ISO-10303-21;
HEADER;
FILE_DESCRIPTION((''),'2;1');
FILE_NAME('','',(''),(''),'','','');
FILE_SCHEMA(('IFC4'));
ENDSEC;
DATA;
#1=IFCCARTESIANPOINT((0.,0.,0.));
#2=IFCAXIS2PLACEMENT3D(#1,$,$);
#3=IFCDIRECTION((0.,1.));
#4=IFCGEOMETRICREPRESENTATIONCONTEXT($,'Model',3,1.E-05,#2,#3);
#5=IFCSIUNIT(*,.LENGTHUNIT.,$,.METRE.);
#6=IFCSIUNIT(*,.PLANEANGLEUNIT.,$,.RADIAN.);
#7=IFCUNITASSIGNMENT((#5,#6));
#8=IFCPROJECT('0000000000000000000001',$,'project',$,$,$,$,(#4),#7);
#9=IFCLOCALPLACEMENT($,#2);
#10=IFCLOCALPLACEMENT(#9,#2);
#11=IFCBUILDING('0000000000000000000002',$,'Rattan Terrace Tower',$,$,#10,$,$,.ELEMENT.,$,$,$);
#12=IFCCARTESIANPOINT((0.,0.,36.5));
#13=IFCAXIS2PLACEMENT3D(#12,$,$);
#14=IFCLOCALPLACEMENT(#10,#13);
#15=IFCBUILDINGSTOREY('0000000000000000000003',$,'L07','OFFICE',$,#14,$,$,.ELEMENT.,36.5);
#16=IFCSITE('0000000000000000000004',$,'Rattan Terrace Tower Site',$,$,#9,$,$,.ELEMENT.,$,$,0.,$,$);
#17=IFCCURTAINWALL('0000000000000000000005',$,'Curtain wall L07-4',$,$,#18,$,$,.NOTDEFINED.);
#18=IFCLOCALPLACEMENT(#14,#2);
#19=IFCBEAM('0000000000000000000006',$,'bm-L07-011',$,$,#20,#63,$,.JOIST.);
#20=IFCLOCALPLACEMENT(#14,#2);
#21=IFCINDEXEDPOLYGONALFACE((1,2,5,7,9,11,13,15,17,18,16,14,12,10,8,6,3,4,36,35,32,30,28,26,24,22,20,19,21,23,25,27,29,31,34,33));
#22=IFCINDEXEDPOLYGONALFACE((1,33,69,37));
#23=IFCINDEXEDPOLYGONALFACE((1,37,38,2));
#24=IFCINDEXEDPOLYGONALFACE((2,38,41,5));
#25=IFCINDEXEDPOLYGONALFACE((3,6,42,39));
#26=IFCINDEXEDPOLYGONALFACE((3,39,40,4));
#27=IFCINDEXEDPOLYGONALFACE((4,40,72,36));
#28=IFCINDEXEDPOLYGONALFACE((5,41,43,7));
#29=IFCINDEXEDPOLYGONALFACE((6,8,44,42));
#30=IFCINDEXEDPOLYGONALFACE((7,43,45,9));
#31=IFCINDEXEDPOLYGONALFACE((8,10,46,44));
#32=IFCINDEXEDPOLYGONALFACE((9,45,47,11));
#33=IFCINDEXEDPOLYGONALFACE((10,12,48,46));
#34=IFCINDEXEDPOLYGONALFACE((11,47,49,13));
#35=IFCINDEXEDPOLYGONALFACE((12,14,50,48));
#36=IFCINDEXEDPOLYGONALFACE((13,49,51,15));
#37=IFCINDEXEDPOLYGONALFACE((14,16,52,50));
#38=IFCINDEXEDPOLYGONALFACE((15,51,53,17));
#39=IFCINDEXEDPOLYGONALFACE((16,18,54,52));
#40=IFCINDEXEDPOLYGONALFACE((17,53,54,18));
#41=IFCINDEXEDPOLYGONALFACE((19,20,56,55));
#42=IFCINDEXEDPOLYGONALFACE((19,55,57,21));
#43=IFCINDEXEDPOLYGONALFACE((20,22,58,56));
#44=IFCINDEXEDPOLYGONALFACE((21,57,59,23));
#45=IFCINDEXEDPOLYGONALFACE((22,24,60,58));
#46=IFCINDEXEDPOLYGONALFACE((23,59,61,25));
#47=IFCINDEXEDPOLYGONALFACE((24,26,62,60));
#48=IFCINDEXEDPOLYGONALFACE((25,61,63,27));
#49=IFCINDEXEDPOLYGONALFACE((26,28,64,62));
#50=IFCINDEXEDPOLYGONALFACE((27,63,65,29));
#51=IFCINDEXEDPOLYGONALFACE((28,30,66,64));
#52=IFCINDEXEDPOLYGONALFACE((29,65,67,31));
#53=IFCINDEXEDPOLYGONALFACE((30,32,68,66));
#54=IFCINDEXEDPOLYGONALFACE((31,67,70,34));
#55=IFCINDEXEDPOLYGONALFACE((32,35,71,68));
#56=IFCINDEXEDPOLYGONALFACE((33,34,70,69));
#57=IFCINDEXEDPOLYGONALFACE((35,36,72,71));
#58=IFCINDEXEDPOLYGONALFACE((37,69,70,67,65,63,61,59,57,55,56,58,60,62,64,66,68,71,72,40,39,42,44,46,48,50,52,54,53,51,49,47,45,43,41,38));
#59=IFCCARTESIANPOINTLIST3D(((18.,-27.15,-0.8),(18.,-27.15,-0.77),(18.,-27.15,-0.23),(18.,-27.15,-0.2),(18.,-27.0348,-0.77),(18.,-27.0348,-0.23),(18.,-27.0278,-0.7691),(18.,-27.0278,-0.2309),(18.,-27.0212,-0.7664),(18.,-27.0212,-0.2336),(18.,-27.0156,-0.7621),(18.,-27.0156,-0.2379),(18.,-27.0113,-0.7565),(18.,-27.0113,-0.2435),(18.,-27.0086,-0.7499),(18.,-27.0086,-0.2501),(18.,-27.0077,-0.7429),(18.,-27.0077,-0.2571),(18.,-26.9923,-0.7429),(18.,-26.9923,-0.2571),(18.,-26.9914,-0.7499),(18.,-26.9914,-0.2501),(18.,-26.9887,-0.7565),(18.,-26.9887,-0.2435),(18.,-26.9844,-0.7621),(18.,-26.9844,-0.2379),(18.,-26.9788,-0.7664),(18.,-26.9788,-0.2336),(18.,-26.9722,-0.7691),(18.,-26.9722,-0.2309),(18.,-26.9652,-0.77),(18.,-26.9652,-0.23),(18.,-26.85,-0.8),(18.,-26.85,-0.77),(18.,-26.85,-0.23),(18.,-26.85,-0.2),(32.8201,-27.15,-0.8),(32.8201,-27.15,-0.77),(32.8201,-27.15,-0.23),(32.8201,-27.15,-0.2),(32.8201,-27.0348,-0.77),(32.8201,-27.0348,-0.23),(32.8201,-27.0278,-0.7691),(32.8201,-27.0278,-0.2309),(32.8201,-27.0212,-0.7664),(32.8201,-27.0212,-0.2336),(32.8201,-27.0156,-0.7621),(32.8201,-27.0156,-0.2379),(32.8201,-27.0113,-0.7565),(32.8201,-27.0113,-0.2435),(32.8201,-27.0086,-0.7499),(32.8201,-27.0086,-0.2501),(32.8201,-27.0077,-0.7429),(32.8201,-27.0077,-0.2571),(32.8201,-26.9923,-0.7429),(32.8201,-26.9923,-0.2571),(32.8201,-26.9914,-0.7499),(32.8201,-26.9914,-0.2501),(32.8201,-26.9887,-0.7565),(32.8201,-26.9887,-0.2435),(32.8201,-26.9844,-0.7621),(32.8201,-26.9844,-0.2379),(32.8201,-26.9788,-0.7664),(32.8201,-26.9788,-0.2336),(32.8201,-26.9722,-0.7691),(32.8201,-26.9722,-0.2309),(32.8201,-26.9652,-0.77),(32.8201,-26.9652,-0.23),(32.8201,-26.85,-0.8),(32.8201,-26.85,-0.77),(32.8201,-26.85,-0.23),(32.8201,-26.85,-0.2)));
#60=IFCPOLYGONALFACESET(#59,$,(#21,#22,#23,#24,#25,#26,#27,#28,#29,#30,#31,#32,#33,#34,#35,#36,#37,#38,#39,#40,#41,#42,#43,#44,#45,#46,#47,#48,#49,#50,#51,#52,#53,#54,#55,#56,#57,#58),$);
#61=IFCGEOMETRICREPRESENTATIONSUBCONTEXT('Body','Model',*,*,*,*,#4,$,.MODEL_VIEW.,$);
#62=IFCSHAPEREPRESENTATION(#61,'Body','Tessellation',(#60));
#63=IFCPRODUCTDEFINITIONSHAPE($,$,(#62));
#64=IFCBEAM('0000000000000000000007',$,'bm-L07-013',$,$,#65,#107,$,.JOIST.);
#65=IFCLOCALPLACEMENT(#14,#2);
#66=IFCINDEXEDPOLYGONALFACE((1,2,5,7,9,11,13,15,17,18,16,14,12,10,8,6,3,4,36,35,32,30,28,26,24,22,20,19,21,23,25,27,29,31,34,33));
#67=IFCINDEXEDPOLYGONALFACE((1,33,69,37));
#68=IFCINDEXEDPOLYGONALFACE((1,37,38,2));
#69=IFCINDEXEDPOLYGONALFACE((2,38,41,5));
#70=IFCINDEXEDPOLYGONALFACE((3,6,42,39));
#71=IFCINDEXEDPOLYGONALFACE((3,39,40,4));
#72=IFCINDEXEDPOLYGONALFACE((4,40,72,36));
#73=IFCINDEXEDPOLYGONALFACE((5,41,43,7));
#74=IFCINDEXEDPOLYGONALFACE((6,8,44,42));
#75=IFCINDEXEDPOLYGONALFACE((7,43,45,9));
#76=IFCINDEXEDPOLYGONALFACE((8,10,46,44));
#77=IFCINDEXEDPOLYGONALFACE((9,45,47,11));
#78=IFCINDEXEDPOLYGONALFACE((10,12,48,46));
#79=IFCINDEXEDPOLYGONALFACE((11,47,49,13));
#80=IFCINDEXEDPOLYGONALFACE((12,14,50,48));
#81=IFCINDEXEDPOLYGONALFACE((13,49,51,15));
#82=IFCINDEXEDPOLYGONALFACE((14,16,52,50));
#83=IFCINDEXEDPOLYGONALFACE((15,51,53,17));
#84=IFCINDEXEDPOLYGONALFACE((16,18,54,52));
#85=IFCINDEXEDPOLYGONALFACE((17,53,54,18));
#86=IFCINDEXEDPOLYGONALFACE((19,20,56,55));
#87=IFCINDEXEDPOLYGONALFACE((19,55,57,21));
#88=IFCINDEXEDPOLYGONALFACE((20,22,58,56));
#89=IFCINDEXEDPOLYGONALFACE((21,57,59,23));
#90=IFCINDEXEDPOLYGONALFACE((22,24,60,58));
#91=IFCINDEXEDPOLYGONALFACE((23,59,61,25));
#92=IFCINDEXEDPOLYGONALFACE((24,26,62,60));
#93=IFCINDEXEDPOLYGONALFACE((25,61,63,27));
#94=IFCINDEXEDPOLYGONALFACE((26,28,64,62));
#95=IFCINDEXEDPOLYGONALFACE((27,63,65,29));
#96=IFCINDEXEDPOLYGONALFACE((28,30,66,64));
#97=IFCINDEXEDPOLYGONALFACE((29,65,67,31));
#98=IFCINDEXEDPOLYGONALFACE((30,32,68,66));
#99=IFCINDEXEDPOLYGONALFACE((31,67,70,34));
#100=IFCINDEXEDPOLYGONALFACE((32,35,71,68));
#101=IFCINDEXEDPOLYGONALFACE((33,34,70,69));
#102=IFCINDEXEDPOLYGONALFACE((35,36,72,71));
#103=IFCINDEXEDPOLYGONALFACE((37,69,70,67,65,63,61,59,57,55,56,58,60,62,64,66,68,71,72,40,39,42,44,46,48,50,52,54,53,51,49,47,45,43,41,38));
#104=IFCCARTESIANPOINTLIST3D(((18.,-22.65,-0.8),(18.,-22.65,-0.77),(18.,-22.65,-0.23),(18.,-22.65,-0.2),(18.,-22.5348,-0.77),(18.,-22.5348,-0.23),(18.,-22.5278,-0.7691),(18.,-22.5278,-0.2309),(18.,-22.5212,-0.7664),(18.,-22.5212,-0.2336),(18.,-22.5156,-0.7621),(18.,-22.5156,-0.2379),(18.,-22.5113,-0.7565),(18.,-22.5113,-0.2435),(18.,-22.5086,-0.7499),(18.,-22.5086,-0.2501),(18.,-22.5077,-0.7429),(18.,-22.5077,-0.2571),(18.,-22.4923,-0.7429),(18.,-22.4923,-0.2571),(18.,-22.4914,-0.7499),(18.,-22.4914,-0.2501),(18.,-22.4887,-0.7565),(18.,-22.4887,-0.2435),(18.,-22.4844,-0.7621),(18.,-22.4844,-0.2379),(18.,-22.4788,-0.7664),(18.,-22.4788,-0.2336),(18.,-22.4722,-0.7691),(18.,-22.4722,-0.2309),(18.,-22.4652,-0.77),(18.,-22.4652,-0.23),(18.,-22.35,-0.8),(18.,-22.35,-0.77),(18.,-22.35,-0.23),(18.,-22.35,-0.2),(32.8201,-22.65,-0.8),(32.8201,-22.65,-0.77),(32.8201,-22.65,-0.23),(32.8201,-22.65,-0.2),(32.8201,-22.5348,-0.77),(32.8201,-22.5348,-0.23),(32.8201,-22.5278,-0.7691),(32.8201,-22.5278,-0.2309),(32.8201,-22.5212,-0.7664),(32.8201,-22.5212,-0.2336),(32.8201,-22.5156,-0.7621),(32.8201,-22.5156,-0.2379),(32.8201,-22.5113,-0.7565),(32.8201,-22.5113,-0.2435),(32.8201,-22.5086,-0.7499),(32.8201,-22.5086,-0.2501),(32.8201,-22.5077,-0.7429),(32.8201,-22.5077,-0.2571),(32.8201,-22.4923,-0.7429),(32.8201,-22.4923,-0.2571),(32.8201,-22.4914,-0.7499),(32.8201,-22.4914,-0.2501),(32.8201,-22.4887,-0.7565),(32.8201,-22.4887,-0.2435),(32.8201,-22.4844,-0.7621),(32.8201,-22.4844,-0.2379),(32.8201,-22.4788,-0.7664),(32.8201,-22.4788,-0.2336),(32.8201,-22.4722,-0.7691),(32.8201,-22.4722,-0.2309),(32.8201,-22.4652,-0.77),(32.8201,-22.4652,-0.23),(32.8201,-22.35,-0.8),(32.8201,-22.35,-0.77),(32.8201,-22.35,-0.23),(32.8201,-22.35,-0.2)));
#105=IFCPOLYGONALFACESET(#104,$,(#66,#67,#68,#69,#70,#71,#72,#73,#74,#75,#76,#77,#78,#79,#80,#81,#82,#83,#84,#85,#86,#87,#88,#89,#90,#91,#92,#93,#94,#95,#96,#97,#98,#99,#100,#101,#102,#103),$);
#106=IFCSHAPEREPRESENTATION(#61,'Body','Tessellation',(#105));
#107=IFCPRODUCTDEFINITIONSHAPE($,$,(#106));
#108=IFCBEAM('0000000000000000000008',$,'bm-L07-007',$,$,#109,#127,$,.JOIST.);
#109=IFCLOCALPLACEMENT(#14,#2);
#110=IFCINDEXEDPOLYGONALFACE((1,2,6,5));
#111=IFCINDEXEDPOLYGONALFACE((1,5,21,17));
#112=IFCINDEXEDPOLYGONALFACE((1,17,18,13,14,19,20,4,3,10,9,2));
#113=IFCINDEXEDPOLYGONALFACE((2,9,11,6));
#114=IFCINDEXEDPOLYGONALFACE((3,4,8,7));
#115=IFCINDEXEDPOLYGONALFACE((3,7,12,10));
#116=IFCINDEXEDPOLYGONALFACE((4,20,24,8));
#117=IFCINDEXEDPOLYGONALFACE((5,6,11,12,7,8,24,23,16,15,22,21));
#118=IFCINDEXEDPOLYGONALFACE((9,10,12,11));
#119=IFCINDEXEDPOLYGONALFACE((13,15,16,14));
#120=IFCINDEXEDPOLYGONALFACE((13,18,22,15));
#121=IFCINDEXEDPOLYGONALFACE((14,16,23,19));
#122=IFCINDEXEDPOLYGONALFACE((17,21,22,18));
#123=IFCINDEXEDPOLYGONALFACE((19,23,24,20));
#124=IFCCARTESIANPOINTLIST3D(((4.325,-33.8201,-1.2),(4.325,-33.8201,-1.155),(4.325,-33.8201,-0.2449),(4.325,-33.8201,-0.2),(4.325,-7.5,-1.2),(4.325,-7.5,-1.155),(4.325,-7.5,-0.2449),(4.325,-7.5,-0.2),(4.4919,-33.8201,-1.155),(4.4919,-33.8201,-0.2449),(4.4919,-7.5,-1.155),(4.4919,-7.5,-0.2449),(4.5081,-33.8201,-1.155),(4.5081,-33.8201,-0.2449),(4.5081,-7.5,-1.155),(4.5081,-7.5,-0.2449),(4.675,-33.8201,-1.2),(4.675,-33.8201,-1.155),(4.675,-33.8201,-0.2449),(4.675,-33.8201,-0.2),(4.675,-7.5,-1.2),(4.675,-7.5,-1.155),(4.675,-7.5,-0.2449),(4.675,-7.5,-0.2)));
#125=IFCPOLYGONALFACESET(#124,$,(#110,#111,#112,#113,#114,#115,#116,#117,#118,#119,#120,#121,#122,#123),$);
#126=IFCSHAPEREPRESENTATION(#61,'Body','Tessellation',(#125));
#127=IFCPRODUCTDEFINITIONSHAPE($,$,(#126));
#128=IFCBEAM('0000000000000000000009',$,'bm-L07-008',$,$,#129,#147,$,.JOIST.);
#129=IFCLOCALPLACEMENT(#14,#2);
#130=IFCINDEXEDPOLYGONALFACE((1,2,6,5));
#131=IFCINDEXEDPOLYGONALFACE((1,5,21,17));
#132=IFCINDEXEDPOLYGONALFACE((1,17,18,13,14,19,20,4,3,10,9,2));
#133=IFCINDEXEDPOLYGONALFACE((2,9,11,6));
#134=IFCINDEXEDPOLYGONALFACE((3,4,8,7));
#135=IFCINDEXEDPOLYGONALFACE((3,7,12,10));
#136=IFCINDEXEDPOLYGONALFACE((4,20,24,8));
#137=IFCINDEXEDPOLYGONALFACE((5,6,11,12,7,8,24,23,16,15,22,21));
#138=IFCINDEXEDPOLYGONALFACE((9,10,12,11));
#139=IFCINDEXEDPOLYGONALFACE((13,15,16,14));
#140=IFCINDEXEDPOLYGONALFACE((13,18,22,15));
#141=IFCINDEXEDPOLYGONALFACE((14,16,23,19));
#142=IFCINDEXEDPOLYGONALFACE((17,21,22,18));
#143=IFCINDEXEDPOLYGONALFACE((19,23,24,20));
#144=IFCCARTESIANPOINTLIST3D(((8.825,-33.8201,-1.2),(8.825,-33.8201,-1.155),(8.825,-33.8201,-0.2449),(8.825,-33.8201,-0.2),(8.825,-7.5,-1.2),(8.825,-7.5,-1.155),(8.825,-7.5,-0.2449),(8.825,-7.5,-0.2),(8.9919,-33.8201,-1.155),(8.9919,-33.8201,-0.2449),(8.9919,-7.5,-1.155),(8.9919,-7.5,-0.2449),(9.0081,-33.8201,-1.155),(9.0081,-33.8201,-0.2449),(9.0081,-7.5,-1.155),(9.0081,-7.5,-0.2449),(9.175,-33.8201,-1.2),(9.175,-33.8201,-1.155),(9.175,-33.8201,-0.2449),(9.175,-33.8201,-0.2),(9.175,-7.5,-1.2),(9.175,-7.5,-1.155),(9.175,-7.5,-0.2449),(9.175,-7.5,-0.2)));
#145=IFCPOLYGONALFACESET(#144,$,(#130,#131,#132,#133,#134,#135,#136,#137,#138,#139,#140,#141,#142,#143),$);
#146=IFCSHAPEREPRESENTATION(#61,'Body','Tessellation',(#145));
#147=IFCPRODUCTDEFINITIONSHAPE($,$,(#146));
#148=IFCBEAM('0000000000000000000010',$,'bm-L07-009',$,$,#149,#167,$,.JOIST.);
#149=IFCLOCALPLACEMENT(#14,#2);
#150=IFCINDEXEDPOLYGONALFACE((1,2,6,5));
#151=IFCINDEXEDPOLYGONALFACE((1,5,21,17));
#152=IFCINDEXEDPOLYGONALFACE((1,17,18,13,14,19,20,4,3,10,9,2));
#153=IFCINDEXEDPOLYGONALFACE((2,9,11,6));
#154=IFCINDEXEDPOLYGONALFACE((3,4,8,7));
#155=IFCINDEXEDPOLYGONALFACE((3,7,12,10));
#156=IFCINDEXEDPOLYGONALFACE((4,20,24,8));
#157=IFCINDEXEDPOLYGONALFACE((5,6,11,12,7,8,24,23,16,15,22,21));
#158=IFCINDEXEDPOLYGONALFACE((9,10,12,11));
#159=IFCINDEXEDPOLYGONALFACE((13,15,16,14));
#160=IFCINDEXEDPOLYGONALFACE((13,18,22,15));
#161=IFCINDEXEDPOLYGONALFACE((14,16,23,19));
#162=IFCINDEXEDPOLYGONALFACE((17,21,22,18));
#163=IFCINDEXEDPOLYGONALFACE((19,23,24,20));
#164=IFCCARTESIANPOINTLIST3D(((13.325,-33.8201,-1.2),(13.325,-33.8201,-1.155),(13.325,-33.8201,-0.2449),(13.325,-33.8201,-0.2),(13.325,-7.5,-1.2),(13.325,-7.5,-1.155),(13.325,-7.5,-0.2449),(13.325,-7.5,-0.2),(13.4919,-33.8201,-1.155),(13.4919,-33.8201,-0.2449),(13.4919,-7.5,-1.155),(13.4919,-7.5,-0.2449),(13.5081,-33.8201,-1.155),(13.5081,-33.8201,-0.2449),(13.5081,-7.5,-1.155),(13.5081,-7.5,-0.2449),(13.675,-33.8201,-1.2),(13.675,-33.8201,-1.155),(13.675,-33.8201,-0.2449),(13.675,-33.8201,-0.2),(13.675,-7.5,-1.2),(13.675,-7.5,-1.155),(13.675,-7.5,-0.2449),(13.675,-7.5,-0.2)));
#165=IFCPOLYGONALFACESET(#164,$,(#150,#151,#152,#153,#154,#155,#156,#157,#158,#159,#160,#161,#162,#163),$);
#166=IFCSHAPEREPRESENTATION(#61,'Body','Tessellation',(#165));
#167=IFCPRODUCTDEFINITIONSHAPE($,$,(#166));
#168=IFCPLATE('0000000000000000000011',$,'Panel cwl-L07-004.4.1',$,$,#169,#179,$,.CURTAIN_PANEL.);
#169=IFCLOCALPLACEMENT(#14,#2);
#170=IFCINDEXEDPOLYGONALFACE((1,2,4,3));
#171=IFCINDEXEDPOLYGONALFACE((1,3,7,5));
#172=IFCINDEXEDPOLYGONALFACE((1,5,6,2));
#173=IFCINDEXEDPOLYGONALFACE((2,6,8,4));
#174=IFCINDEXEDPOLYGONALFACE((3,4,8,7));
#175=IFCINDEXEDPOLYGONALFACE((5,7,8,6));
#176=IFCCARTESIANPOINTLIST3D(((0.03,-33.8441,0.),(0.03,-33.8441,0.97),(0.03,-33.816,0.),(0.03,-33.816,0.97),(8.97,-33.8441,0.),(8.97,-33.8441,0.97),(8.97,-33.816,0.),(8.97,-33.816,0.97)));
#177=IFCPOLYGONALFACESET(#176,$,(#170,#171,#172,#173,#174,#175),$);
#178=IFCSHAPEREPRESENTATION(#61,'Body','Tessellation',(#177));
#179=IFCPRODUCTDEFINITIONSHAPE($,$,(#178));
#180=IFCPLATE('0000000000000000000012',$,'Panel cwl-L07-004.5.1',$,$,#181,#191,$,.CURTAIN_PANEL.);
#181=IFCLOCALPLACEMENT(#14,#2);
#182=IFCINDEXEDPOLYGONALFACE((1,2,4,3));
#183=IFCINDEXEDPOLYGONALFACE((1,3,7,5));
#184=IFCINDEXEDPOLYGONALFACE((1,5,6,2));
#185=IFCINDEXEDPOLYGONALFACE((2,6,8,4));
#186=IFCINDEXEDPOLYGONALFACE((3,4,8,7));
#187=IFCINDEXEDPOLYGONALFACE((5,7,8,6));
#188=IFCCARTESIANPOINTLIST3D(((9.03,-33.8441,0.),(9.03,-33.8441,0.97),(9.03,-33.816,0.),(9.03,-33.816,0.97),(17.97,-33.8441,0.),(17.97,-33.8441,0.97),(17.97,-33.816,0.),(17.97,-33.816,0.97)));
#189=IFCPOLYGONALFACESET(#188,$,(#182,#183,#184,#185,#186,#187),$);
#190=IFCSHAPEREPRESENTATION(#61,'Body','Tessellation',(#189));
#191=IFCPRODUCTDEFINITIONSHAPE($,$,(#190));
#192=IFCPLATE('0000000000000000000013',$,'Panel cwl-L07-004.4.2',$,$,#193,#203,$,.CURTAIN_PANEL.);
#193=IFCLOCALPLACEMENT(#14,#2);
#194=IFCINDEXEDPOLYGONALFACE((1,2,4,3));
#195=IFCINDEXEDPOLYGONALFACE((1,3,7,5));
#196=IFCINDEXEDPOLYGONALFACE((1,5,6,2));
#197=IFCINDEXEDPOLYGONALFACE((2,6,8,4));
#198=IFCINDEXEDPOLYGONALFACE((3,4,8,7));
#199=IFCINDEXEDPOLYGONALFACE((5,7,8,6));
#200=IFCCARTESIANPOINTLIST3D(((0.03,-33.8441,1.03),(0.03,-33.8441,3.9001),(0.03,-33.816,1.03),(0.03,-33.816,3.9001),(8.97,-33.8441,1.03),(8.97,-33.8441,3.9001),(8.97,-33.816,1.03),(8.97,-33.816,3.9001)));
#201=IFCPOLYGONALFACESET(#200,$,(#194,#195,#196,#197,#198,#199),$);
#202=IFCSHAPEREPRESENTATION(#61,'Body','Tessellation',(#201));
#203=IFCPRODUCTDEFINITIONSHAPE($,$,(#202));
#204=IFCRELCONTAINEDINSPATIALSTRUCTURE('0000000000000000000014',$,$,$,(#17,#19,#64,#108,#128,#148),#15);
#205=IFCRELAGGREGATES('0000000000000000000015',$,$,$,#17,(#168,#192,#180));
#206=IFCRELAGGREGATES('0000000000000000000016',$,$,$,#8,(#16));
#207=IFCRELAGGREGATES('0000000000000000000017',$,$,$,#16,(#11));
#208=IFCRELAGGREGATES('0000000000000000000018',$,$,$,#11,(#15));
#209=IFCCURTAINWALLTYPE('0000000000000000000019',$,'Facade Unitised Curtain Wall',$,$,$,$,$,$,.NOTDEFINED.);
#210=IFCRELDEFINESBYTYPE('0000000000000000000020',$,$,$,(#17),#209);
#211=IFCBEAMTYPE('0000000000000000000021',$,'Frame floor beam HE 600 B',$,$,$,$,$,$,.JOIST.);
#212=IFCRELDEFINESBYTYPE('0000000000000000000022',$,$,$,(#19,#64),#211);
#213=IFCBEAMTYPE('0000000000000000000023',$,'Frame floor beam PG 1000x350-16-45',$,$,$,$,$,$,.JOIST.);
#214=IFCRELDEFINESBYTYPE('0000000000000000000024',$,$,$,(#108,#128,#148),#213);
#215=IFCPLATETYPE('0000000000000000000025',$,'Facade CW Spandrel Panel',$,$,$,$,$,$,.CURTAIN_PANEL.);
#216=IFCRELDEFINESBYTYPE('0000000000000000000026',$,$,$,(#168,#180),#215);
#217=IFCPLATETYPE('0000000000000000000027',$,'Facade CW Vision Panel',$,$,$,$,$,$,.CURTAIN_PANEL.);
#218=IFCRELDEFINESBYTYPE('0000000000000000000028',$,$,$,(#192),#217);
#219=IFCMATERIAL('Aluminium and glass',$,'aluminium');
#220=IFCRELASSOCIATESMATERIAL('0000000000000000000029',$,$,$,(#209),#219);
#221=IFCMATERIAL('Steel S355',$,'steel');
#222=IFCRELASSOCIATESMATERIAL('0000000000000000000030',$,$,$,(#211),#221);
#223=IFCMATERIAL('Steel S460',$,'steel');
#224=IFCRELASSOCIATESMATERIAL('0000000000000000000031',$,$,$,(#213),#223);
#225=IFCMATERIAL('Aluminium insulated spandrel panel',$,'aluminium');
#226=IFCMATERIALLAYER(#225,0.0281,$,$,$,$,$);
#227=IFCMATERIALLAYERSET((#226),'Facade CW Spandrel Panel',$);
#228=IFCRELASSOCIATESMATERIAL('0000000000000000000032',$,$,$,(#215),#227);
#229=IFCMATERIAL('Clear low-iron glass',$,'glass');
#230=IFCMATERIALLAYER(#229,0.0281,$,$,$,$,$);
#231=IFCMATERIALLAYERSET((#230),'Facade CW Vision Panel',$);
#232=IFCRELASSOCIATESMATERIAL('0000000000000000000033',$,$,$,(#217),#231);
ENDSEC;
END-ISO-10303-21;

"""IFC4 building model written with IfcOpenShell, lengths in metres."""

from ifc_helpers import new_model, si_unit, direction, frame, origin, origin_2d, place, context, subcontext, project, spatial, rectangle, i_section, extrude, material, layer, layer_set, material_profile, profile_set, type_object, element, aggregate, save


model = new_model("IFC4")

# Units and contexts
model_context = context("Model", 3, precision=1e-05, world=origin(), true_north=direction((0.0, 1.0)))
body_context = subcontext(model_context, "Body", "Model", "MODEL_VIEW")
ifc_project = project(units=[si_unit("LENGTHUNIT", "METRE"), si_unit("PLANEANGLEUNIT", "RADIAN")], contexts=[model_context])

# Site, building, storey
site_placement = place(None, origin())
site = spatial("IfcSite", under=ifc_project, at=site_placement, Name="Rattan Terrace Tower Site", CompositionType="ELEMENT", RefElevation=0.0)
building_placement = place(site_placement, origin())
building = spatial("IfcBuilding", under=site, at=building_placement, Name="Rattan Terrace Tower", CompositionType="ELEMENT")
storey_placement = place(building_placement, frame((0.0, 0.0, 36.5)))
storey = spatial("IfcBuildingStorey", under=building, at=storey_placement, Name="L07", Description="OFFICE", CompositionType="ELEMENT", Elevation=36.5)

# Curtain wall
ifc_material_1 = material(Name="Aluminium and glass", Category="aluminium")
curtain_wall_type = type_object("IfcCurtainWallType", Name="Facade Unitised Curtain Wall", PredefinedType="NOTDEFINED", material=ifc_material_1)
curtain_wall_placement = place(storey_placement, origin())
curtain_wall = element("IfcCurtainWall", 1, at=curtain_wall_placement, inside=storey, type_object=curtain_wall_type, Name="Curtain wall L07-4", PredefinedType="NOTDEFINED")

# Beams
ifc_material_2 = material(Name="Steel S355", Category="steel")
ifc_material_profile_1 = material_profile(ifc_material_2, i_section(OverallWidth=0.3, OverallDepth=0.6001, WebThickness=0.0154, FlangeThickness=0.03, FilletRadius=0.0271, at=origin_2d()), Name="HE 600 B")
ifc_profile_set_1 = profile_set([ifc_material_profile_1], Name="Steel S355")
beam_type_1 = type_object("IfcBeamType", Name="Frame floor beam HE 600 B", PredefinedType="JOIST", material=ifc_profile_set_1)
for number, where, z_axis, x_axis, name in (
    (2, (18.0, -27.0, -0.5), (1.0, 0.0, 0.0), (0.0, 1.0, 0.0), "bm-L07-011"),
    (3, (18.0, -22.5, -0.5), (1.0, 0.0, 0.0), (0.0, 1.0, 0.0), "bm-L07-013"),
):
    element("IfcBeam", number, at=place(storey_placement, frame(where, z_axis=z_axis, x_axis=x_axis)), inside=storey, type_object=beam_type_1, Name=name, PredefinedType="JOIST", context=body_context, shape_type="SweptSolid", body=[
        extrude(i_section(OverallWidth=0.3, OverallDepth=0.6001, WebThickness=0.0154, FlangeThickness=0.03, FilletRadius=0.0271, at=origin_2d()), origin(), (0.0, 0.0, 1.0), 14.8201),
    ])
ifc_material_3 = material(Name="Steel S460", Category="steel")
ifc_material_profile_2 = material_profile(ifc_material_3, i_section(OverallWidth=0.3501, OverallDepth=1.0, WebThickness=0.0161, FlangeThickness=0.0449, at=origin_2d()), Name="PG 1000x350-16-45")
ifc_profile_set_2 = profile_set([ifc_material_profile_2], Name="Steel S460")
beam_type_2 = type_object("IfcBeamType", Name="Frame floor beam PG 1000x350-16-45", PredefinedType="JOIST", material=ifc_profile_set_2)
for number, where, z_axis, x_axis, name in (
    (4, (4.5, -33.8201, -0.7), (0.0, 1.0, 0.0), (-1.0, 0.0, 0.0), "bm-L07-007"),
    (5, (9.0, -33.8201, -0.7), (0.0, 1.0, 0.0), (-1.0, 0.0, 0.0), "bm-L07-008"),
    (6, (13.5, -33.8201, -0.7), (0.0, 1.0, 0.0), (-1.0, 0.0, 0.0), "bm-L07-009"),
):
    element("IfcBeam", number, at=place(storey_placement, frame(where, z_axis=z_axis, x_axis=x_axis)), inside=storey, type_object=beam_type_2, Name=name, PredefinedType="JOIST", context=body_context, shape_type="SweptSolid", body=[
        extrude(i_section(OverallWidth=0.3501, OverallDepth=1.0, WebThickness=0.0161, FlangeThickness=0.0449, at=origin_2d()), origin(), (0.0, 0.0, 1.0), 26.3201),
    ])

# Plates
ifc_material_4 = material(Name="Aluminium insulated spandrel panel", Category="aluminium")
ifc_layer_1 = layer(ifc_material_4, 0.0281)
ifc_layer_set_1 = layer_set([ifc_layer_1], Name="Facade CW Spandrel Panel")
plate_type_1 = type_object("IfcPlateType", Name="Facade CW Spandrel Panel", PredefinedType="CURTAIN_PANEL", material=ifc_layer_set_1)
plate_1_placement = place(storey_placement, frame((4.5, -33.8301, 0.0), z_axis=(0.0, 0.0, 1.0), x_axis=(1.0, 0.0, 0.0)))
plate_1 = element("IfcPlate", 7, at=plate_1_placement, type_object=plate_type_1, Name="Panel cwl-L07-004.4.1", PredefinedType="CURTAIN_PANEL", context=body_context, shape_type="SweptSolid", body=[
    extrude(rectangle(XDim=8.9399, YDim=0.0281, at=origin_2d()), origin(), (0.0, 0.0, 1.0), 0.97),
])
plate_2_placement = place(storey_placement, frame((13.5, -33.8301, 0.0), z_axis=(0.0, 0.0, 1.0), x_axis=(1.0, 0.0, 0.0)))
plate_2 = element("IfcPlate", 8, at=plate_2_placement, type_object=plate_type_1, Name="Panel cwl-L07-004.5.1", PredefinedType="CURTAIN_PANEL", context=body_context, shape_type="SweptSolid", body=[
    extrude(rectangle(XDim=8.9399, YDim=0.0281, at=origin_2d()), origin(), (0.0, 0.0, 1.0), 0.97),
])
ifc_material_5 = material(Name="Clear low-iron glass", Category="glass")
ifc_layer_2 = layer(ifc_material_5, 0.0281)
ifc_layer_set_2 = layer_set([ifc_layer_2], Name="Facade CW Vision Panel")
plate_type_2 = type_object("IfcPlateType", Name="Facade CW Vision Panel", PredefinedType="CURTAIN_PANEL", material=ifc_layer_set_2)
plate_3_placement = place(storey_placement, frame((4.5, -33.8301, 1.03), z_axis=(0.0, 0.0, 1.0), x_axis=(1.0, 0.0, 0.0)))
plate_3 = element("IfcPlate", 9, at=plate_3_placement, type_object=plate_type_2, Name="Panel cwl-L07-004.4.2", PredefinedType="CURTAIN_PANEL", context=body_context, shape_type="SweptSolid", body=[
    extrude(rectangle(XDim=8.9399, YDim=0.0281, at=origin_2d()), origin(), (0.0, 0.0, 1.0), 2.8701),
])
aggregate(curtain_wall, [plate_1, plate_3, plate_2])

save(model, "model.ifc")
